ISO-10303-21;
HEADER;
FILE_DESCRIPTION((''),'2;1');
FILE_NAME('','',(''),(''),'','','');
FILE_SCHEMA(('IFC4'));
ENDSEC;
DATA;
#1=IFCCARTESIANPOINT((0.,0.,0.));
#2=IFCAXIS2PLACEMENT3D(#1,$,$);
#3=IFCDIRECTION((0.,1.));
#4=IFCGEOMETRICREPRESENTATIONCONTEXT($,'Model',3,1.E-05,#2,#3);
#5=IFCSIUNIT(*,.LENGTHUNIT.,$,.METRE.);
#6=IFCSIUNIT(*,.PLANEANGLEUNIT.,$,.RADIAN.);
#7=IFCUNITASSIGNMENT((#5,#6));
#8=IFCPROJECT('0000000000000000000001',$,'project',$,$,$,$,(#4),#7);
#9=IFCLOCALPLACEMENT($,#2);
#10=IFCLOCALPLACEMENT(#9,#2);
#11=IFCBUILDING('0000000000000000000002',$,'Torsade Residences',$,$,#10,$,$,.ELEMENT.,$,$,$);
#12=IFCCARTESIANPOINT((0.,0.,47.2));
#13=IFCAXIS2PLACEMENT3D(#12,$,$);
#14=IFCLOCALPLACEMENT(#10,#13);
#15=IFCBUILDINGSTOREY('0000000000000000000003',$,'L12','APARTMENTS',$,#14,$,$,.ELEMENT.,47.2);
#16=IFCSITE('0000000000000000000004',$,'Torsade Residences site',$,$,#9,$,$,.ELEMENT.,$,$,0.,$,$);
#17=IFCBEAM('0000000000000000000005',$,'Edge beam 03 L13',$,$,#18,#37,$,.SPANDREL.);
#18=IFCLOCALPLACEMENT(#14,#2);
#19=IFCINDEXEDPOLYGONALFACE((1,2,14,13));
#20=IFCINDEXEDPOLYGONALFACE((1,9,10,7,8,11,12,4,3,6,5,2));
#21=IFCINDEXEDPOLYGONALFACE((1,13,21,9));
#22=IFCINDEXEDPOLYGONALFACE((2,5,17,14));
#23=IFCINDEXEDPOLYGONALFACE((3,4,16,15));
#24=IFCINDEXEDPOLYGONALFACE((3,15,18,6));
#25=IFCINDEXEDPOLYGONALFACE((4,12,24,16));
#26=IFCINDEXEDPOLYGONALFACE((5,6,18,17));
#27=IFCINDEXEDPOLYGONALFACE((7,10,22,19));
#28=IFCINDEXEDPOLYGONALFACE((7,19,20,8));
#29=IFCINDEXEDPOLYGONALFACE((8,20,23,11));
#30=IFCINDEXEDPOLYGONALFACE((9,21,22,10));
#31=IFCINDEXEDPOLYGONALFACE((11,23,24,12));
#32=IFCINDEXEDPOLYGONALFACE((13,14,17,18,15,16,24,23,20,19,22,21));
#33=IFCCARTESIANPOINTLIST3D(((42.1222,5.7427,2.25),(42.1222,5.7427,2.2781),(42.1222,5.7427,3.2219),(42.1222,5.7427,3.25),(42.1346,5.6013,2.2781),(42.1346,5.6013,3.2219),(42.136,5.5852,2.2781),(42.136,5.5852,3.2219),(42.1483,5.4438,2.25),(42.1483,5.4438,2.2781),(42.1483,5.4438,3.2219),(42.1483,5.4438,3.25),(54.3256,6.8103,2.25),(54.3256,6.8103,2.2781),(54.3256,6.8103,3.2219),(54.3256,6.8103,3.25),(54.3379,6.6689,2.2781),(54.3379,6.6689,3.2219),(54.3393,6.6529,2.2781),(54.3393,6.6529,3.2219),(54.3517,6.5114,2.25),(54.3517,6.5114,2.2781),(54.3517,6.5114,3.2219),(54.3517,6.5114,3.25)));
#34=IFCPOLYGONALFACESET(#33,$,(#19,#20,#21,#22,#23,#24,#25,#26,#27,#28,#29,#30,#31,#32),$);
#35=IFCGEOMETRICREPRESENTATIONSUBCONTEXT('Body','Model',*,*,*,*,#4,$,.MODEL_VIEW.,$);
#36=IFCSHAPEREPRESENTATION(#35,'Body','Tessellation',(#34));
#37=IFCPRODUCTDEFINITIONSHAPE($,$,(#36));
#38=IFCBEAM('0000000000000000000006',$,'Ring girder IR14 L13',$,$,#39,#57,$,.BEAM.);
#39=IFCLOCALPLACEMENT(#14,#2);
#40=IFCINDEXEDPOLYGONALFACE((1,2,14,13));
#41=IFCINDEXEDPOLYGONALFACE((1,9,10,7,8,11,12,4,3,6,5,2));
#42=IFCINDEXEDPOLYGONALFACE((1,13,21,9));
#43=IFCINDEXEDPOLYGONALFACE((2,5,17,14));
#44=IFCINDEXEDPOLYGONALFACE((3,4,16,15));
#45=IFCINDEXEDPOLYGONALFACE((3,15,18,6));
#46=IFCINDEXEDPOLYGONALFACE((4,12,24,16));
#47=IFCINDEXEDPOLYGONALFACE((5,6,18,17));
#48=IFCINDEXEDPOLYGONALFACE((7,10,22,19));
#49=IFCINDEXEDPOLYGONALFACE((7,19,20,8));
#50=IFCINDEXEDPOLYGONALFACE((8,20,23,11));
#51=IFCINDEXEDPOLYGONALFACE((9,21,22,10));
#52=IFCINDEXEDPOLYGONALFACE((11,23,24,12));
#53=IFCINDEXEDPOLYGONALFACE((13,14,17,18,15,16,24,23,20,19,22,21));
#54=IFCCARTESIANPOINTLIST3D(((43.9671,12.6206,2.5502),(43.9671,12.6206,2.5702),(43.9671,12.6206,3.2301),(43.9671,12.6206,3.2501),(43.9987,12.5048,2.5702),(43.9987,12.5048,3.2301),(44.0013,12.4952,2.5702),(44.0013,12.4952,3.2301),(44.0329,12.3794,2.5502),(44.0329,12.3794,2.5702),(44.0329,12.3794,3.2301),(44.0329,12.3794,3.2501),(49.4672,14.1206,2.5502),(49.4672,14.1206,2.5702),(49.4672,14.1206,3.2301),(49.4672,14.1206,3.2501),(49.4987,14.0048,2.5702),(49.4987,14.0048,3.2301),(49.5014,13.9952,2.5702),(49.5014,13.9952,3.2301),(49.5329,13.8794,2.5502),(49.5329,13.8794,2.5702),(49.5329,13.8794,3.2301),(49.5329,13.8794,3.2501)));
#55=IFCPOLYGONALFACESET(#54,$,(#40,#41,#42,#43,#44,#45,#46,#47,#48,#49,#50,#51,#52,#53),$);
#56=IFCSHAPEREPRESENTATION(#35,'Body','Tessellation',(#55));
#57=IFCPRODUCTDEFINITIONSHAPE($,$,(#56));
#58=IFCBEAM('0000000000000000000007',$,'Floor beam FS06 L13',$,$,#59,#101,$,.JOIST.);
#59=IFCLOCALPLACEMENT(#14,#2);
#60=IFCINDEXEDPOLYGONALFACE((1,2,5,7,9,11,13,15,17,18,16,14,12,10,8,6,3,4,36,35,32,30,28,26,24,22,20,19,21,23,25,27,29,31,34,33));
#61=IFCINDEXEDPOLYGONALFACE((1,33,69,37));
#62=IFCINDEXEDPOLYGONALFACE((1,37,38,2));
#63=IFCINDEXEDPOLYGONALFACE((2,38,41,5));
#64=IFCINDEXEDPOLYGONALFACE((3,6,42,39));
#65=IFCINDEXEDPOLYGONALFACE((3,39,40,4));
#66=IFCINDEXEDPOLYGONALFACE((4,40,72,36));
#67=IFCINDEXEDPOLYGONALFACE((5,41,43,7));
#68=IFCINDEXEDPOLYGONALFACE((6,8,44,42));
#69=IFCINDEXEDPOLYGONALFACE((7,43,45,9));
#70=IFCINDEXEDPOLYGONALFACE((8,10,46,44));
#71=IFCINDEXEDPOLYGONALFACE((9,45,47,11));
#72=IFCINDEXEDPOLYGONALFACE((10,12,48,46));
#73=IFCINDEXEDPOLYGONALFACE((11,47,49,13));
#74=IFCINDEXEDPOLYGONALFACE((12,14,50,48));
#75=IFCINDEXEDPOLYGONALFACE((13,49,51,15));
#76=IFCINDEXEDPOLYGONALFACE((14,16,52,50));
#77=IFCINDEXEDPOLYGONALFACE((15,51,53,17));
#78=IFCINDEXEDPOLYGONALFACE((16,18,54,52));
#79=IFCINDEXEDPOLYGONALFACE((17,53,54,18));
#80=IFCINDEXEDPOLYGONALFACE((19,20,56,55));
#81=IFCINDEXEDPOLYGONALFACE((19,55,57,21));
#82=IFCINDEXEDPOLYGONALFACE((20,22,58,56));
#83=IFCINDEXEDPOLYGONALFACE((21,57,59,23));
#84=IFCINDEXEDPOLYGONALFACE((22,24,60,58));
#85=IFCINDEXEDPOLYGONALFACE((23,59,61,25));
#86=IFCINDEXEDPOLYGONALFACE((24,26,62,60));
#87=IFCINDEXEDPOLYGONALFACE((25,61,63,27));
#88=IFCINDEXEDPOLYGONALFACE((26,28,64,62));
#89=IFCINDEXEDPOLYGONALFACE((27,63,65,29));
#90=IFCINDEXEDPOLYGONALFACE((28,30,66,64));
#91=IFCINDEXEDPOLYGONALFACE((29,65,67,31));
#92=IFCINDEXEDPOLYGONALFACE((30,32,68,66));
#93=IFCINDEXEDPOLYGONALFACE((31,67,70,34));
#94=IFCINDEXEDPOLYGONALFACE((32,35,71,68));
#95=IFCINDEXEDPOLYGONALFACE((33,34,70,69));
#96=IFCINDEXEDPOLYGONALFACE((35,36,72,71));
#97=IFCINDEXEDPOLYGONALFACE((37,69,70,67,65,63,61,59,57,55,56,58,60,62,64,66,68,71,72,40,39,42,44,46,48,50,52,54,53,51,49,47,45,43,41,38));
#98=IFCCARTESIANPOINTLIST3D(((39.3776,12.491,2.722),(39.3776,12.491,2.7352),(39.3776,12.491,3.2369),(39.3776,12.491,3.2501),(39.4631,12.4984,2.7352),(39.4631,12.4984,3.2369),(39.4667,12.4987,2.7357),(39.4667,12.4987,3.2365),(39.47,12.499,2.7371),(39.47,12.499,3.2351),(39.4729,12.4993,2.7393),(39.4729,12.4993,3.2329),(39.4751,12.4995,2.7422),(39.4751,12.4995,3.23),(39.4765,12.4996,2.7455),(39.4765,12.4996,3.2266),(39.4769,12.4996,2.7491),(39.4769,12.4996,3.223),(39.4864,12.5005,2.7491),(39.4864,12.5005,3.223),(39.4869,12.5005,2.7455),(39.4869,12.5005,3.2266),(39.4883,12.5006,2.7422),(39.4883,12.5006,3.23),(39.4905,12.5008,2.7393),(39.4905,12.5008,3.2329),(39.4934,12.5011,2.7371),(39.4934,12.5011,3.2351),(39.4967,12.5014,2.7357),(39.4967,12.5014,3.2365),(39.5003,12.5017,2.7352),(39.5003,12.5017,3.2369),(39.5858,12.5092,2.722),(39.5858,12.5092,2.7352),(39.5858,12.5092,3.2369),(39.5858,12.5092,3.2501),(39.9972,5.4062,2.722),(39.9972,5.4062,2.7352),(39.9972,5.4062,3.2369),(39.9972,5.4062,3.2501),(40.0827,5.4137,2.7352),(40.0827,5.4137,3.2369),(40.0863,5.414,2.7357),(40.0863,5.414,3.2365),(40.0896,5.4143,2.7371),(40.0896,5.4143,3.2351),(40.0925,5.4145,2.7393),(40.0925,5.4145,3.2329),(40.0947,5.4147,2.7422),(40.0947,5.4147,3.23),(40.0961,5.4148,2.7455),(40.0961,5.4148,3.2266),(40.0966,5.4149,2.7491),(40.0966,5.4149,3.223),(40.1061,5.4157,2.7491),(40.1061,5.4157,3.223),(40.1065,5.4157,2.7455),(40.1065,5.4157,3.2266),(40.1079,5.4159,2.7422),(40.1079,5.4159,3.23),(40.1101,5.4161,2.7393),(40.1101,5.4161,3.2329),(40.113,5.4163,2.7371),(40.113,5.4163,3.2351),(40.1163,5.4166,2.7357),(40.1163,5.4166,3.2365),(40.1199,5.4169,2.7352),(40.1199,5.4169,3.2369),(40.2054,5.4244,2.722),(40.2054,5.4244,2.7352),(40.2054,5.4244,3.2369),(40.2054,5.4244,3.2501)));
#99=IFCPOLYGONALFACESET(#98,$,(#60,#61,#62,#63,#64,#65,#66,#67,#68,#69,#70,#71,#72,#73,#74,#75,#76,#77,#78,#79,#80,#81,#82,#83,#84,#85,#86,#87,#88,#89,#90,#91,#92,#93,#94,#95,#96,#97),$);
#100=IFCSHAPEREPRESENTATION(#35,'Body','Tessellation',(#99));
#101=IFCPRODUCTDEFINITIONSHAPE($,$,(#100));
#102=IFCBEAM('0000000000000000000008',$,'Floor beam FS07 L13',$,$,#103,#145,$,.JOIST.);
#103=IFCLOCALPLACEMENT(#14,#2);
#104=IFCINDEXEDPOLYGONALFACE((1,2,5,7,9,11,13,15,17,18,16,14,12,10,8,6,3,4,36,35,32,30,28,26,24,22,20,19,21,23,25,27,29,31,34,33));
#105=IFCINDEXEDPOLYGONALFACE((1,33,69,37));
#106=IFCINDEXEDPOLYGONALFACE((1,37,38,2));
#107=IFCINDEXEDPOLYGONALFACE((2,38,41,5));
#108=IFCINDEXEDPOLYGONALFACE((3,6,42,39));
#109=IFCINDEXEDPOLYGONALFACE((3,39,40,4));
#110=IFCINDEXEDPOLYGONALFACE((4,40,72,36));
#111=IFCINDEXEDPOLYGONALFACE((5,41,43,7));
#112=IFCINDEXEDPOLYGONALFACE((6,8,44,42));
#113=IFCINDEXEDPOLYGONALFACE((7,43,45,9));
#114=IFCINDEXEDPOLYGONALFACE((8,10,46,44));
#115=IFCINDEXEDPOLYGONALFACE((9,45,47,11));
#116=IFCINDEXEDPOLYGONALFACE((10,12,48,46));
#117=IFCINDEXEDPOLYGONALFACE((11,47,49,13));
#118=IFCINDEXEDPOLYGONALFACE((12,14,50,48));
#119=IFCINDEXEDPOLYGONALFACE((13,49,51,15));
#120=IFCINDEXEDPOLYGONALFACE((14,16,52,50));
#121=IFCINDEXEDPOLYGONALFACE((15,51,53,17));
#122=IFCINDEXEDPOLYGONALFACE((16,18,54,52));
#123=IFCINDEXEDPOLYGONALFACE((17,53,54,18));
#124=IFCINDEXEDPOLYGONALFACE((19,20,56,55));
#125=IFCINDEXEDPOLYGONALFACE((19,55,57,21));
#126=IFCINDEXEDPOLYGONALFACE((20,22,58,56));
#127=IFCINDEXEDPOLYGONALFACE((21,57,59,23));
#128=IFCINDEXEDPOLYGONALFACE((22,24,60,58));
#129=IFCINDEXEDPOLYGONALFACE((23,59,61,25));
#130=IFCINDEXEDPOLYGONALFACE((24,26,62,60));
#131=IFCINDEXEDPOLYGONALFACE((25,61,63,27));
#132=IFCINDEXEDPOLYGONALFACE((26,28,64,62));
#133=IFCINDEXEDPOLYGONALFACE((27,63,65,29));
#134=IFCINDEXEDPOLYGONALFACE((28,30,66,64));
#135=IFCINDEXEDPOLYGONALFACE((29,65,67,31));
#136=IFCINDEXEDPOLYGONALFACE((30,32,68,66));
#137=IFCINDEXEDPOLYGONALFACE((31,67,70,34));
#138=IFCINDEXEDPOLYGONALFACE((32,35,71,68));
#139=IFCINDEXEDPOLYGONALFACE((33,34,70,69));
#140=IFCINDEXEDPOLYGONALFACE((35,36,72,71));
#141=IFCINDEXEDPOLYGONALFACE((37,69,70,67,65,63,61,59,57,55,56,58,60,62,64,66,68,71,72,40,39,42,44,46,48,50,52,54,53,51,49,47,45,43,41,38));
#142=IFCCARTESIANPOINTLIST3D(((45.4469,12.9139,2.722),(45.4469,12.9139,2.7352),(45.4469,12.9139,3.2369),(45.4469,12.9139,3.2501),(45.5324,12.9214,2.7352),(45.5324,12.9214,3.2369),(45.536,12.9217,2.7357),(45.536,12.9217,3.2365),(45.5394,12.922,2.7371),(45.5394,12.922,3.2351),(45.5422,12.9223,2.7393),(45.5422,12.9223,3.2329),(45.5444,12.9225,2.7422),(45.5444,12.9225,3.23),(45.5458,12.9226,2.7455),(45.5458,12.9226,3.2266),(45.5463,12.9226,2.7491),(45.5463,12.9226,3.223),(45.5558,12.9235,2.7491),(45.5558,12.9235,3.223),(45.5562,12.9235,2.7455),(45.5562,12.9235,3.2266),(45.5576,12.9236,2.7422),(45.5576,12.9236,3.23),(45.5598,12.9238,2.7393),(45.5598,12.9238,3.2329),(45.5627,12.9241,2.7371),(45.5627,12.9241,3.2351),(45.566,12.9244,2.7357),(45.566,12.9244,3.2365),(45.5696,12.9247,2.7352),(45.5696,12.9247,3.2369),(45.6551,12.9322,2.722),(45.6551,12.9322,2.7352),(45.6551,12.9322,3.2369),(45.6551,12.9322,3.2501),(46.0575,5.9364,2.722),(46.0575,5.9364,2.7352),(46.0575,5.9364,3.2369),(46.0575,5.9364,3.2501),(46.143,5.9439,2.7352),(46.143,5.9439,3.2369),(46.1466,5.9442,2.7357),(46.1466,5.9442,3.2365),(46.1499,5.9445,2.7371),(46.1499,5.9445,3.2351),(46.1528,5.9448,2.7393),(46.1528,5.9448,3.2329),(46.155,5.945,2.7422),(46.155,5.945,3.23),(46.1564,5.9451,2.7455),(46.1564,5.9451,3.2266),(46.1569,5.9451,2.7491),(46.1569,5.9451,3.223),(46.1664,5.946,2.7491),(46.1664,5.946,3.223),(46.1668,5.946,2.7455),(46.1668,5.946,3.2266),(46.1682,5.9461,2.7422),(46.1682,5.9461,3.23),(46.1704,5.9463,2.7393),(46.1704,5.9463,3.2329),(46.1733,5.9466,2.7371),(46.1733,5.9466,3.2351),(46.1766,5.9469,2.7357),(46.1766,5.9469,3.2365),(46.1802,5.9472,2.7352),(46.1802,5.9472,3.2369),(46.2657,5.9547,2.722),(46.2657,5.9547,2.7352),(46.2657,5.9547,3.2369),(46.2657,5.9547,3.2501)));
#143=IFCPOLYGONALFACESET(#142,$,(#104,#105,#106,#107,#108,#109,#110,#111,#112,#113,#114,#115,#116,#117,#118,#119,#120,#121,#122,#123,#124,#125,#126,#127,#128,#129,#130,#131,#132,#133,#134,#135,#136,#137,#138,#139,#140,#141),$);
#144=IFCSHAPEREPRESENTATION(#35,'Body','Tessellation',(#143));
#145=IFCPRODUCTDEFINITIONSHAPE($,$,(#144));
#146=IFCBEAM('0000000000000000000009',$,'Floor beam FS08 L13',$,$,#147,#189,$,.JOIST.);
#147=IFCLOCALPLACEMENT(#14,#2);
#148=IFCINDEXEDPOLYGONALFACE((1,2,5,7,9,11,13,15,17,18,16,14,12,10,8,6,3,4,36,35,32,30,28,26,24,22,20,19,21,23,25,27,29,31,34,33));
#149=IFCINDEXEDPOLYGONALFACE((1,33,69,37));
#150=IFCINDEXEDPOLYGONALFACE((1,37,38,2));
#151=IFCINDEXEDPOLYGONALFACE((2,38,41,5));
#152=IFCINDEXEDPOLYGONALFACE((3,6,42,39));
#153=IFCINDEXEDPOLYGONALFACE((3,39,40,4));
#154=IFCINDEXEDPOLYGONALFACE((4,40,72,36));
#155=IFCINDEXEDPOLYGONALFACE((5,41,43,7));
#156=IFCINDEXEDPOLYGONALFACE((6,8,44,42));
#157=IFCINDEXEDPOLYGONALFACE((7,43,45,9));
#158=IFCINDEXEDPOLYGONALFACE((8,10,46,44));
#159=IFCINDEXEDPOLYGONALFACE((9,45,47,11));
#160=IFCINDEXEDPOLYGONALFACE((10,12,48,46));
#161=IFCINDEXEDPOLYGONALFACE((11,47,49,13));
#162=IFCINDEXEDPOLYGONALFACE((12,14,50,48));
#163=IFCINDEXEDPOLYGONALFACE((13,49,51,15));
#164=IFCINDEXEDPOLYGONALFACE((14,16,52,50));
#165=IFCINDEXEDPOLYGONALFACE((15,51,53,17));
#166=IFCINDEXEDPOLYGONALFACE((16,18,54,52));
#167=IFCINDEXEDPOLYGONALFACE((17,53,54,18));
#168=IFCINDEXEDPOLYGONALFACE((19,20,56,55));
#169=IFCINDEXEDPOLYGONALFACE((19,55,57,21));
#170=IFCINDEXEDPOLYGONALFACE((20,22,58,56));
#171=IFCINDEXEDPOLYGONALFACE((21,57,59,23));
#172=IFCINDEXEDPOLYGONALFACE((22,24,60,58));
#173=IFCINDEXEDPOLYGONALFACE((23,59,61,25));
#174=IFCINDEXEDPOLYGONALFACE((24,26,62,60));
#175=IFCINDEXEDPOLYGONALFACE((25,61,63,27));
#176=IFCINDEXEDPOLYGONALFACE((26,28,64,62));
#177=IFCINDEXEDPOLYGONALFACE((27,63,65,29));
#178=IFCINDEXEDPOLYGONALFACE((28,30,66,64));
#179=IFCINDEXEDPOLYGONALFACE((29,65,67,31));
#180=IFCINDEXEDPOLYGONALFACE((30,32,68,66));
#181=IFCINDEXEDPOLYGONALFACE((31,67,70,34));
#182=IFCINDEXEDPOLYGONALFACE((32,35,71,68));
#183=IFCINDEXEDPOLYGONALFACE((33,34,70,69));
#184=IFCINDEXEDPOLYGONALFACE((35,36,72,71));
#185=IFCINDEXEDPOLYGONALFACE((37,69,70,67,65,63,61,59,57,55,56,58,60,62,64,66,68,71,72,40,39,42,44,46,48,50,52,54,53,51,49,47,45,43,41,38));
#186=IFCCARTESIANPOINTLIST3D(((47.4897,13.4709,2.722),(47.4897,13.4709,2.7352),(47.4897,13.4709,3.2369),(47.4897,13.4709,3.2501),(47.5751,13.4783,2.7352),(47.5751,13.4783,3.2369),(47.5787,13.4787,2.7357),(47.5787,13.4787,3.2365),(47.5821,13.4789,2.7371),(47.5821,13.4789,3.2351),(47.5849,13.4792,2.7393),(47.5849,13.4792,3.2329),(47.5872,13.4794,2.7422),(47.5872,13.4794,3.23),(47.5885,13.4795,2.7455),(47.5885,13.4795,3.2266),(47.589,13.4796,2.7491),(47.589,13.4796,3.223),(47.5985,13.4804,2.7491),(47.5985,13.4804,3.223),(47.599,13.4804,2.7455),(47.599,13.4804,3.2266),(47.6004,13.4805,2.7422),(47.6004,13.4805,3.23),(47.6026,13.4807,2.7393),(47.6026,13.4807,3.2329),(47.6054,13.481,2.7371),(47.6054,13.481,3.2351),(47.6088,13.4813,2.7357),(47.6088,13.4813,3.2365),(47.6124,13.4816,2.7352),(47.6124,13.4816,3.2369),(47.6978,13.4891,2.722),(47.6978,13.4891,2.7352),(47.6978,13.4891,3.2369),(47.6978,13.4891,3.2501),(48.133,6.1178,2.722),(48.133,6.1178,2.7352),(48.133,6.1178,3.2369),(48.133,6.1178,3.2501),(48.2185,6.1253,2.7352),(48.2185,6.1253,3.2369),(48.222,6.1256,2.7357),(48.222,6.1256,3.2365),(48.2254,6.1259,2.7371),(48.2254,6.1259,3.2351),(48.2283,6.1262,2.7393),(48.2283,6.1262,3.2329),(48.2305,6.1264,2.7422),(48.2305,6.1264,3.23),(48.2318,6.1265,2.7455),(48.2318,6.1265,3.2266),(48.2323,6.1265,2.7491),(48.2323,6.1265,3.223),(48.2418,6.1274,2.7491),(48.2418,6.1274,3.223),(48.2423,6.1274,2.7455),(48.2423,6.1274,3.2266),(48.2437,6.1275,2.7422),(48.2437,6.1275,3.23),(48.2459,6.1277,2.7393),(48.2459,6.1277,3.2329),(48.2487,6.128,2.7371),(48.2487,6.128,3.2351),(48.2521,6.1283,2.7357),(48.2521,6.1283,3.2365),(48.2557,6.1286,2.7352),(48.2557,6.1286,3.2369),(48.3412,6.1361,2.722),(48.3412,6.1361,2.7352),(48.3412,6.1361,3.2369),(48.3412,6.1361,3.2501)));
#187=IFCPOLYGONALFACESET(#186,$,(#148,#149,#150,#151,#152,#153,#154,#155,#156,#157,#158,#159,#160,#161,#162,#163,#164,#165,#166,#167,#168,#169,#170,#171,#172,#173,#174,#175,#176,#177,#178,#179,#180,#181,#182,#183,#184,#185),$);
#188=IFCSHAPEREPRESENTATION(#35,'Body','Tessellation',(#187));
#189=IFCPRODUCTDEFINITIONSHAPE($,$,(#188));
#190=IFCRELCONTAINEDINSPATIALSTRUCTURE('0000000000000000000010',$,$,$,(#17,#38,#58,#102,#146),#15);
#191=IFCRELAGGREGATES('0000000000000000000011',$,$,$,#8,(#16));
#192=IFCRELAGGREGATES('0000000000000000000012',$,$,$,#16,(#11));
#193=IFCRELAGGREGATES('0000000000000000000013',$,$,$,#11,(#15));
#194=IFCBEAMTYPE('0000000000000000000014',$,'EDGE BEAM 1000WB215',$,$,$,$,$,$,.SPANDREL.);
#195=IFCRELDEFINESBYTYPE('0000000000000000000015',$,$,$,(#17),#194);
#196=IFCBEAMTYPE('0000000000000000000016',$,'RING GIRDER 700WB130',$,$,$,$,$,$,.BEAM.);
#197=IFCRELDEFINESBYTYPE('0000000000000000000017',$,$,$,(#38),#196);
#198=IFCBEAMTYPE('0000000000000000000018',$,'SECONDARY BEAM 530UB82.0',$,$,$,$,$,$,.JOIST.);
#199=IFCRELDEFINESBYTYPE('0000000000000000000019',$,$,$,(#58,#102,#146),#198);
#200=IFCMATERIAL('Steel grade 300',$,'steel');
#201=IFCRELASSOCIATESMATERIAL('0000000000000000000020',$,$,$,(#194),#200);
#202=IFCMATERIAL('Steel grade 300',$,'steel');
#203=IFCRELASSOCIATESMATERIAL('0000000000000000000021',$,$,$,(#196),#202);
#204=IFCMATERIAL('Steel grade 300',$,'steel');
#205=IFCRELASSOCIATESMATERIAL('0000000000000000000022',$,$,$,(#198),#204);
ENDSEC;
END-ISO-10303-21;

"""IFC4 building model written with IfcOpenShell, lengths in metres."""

from ifc_helpers import new_model, si_unit, direction, frame, origin, origin_2d, place, context, subcontext, project, spatial, i_section, extrude, material, material_profile, profile_set, type_object, element, save


model = new_model("IFC4")

# Units and contexts
model_context = context("Model", 3, precision=1e-05, world=origin(), true_north=direction((0.0, 1.0)))
body_context = subcontext(model_context, "Body", "Model", "MODEL_VIEW")
ifc_project = project(units=[si_unit("LENGTHUNIT", "METRE"), si_unit("PLANEANGLEUNIT", "RADIAN")], contexts=[model_context])

# Site, building, storey
site_placement = place(None, origin())
site = spatial("IfcSite", under=ifc_project, at=site_placement, Name="Torsade Residences site", CompositionType="ELEMENT", RefElevation=0.0)
building_placement = place(site_placement, origin())
building = spatial("IfcBuilding", under=site, at=building_placement, Name="Torsade Residences", CompositionType="ELEMENT")
storey_placement = place(building_placement, frame((0.0, 0.0, 47.2)))
storey = spatial("IfcBuildingStorey", under=building, at=storey_placement, Name="L12", Description="APARTMENTS", CompositionType="ELEMENT", Elevation=47.2)

# Beams
ifc_material_1 = material(Name="Steel grade 300", Category="steel")
ifc_material_profile_1 = material_profile(ifc_material_1, i_section(OverallWidth=0.3, OverallDepth=1.0, WebThickness=0.0161, FlangeThickness=0.0281, at=origin_2d()), Name="1000WB215")
ifc_profile_set_1 = profile_set([ifc_material_profile_1], Name="Steel grade 300")
beam_type_1 = type_object("IfcBeamType", Name="EDGE BEAM 1000WB215", PredefinedType="SPANDREL", material=ifc_profile_set_1)
beam_1_placement = place(storey_placement, frame((42.1353, 5.5933, 2.75), z_axis=(0.996195, 0.087153, 0.0), x_axis=(-0.087153, 0.996195, 0.0)))
element("IfcBeam", 1, at=beam_1_placement, inside=storey, type_object=beam_type_1, Name="Edge beam 03 L13", PredefinedType="SPANDREL", context=body_context, shape_type="SweptSolid", body=[
    extrude(i_section(OverallWidth=0.3, OverallDepth=1.0, WebThickness=0.0161, FlangeThickness=0.0281, at=origin_2d()), origin(), (0.0, 0.0, 1.0), 12.25),
])
ifc_material_2 = material(Name="Steel grade 300", Category="steel")
ifc_material_profile_2 = material_profile(ifc_material_2, i_section(OverallWidth=0.25, OverallDepth=0.7, WebThickness=0.01, FlangeThickness=0.02, at=origin_2d()), Name="700WB130")
ifc_profile_set_2 = profile_set([ifc_material_profile_2], Name="Steel grade 300")
beam_type_2 = type_object("IfcBeamType", Name="RING GIRDER 700WB130", PredefinedType="BEAM", material=ifc_profile_set_2)
beam_2_placement = place(storey_placement, frame((44.0, 12.5, 2.9001), z_axis=(0.964764, 0.263117, 0.0), x_axis=(-0.263117, 0.964764, 0.0)))
element("IfcBeam", 2, at=beam_2_placement, inside=storey, type_object=beam_type_2, Name="Ring girder IR14 L13", PredefinedType="BEAM", context=body_context, shape_type="SweptSolid", body=[
    extrude(i_section(OverallWidth=0.25, OverallDepth=0.7, WebThickness=0.01, FlangeThickness=0.02, at=origin_2d()), origin(), (0.0, 0.0, 1.0), 5.7009),
])
ifc_material_3 = material(Name="Steel grade 300", Category="steel")
ifc_material_profile_3 = material_profile(ifc_material_3, i_section(OverallWidth=0.209, OverallDepth=0.5281, WebThickness=0.0095, FlangeThickness=0.0132, FilletRadius=0.0139, at=origin_2d()), Name="530UB82.0")
ifc_profile_set_3 = profile_set([ifc_material_profile_3], Name="Steel grade 300")
beam_type_3 = type_object("IfcBeamType", Name="SECONDARY BEAM 530UB82.0", PredefinedType="JOIST", material=ifc_profile_set_3)
beam_3_placement = place(storey_placement, frame((40.1013, 5.4153, 2.9861), z_axis=(-0.087127, 0.996197, 0.0), x_axis=(-0.996197, -0.087127, 0.0)))
element("IfcBeam", 3, at=beam_3_placement, inside=storey, type_object=beam_type_3, Name="Floor beam FS06 L13", PredefinedType="JOIST", context=body_context, shape_type="SweptSolid", body=[
    extrude(i_section(OverallWidth=0.209, OverallDepth=0.5281, WebThickness=0.0095, FlangeThickness=0.0132, FilletRadius=0.0139, at=origin_2d()), origin(), (0.0, 0.0, 1.0), 7.1118),
])
beam_4_placement = place(storey_placement, frame((46.1616, 5.9456, 2.9861), z_axis=(-0.087176, 0.996193, 0.0), x_axis=(-0.996193, -0.087176, 0.0)))
element("IfcBeam", 4, at=beam_4_placement, inside=storey, type_object=beam_type_3, Name="Floor beam FS07 L13", PredefinedType="JOIST", context=body_context, shape_type="SweptSolid", body=[
    extrude(i_section(OverallWidth=0.209, OverallDepth=0.5281, WebThickness=0.0095, FlangeThickness=0.0132, FilletRadius=0.0139, at=origin_2d()), origin(), (0.0, 0.0, 1.0), 7.0042),
])
beam_5_placement = place(storey_placement, frame((48.2371, 6.127, 2.9861), z_axis=(-0.087156, 0.996195, 0.0), x_axis=(-0.996195, -0.087156, 0.0)))
element("IfcBeam", 5, at=beam_5_placement, inside=storey, type_object=beam_type_3, Name="Floor beam FS08 L13", PredefinedType="JOIST", context=body_context, shape_type="SweptSolid", body=[
    extrude(i_section(OverallWidth=0.209, OverallDepth=0.5281, WebThickness=0.0095, FlangeThickness=0.0132, FilletRadius=0.0139, at=origin_2d()), origin(), (0.0, 0.0, 1.0), 7.3811),
])

save(model, "model.ifc")
